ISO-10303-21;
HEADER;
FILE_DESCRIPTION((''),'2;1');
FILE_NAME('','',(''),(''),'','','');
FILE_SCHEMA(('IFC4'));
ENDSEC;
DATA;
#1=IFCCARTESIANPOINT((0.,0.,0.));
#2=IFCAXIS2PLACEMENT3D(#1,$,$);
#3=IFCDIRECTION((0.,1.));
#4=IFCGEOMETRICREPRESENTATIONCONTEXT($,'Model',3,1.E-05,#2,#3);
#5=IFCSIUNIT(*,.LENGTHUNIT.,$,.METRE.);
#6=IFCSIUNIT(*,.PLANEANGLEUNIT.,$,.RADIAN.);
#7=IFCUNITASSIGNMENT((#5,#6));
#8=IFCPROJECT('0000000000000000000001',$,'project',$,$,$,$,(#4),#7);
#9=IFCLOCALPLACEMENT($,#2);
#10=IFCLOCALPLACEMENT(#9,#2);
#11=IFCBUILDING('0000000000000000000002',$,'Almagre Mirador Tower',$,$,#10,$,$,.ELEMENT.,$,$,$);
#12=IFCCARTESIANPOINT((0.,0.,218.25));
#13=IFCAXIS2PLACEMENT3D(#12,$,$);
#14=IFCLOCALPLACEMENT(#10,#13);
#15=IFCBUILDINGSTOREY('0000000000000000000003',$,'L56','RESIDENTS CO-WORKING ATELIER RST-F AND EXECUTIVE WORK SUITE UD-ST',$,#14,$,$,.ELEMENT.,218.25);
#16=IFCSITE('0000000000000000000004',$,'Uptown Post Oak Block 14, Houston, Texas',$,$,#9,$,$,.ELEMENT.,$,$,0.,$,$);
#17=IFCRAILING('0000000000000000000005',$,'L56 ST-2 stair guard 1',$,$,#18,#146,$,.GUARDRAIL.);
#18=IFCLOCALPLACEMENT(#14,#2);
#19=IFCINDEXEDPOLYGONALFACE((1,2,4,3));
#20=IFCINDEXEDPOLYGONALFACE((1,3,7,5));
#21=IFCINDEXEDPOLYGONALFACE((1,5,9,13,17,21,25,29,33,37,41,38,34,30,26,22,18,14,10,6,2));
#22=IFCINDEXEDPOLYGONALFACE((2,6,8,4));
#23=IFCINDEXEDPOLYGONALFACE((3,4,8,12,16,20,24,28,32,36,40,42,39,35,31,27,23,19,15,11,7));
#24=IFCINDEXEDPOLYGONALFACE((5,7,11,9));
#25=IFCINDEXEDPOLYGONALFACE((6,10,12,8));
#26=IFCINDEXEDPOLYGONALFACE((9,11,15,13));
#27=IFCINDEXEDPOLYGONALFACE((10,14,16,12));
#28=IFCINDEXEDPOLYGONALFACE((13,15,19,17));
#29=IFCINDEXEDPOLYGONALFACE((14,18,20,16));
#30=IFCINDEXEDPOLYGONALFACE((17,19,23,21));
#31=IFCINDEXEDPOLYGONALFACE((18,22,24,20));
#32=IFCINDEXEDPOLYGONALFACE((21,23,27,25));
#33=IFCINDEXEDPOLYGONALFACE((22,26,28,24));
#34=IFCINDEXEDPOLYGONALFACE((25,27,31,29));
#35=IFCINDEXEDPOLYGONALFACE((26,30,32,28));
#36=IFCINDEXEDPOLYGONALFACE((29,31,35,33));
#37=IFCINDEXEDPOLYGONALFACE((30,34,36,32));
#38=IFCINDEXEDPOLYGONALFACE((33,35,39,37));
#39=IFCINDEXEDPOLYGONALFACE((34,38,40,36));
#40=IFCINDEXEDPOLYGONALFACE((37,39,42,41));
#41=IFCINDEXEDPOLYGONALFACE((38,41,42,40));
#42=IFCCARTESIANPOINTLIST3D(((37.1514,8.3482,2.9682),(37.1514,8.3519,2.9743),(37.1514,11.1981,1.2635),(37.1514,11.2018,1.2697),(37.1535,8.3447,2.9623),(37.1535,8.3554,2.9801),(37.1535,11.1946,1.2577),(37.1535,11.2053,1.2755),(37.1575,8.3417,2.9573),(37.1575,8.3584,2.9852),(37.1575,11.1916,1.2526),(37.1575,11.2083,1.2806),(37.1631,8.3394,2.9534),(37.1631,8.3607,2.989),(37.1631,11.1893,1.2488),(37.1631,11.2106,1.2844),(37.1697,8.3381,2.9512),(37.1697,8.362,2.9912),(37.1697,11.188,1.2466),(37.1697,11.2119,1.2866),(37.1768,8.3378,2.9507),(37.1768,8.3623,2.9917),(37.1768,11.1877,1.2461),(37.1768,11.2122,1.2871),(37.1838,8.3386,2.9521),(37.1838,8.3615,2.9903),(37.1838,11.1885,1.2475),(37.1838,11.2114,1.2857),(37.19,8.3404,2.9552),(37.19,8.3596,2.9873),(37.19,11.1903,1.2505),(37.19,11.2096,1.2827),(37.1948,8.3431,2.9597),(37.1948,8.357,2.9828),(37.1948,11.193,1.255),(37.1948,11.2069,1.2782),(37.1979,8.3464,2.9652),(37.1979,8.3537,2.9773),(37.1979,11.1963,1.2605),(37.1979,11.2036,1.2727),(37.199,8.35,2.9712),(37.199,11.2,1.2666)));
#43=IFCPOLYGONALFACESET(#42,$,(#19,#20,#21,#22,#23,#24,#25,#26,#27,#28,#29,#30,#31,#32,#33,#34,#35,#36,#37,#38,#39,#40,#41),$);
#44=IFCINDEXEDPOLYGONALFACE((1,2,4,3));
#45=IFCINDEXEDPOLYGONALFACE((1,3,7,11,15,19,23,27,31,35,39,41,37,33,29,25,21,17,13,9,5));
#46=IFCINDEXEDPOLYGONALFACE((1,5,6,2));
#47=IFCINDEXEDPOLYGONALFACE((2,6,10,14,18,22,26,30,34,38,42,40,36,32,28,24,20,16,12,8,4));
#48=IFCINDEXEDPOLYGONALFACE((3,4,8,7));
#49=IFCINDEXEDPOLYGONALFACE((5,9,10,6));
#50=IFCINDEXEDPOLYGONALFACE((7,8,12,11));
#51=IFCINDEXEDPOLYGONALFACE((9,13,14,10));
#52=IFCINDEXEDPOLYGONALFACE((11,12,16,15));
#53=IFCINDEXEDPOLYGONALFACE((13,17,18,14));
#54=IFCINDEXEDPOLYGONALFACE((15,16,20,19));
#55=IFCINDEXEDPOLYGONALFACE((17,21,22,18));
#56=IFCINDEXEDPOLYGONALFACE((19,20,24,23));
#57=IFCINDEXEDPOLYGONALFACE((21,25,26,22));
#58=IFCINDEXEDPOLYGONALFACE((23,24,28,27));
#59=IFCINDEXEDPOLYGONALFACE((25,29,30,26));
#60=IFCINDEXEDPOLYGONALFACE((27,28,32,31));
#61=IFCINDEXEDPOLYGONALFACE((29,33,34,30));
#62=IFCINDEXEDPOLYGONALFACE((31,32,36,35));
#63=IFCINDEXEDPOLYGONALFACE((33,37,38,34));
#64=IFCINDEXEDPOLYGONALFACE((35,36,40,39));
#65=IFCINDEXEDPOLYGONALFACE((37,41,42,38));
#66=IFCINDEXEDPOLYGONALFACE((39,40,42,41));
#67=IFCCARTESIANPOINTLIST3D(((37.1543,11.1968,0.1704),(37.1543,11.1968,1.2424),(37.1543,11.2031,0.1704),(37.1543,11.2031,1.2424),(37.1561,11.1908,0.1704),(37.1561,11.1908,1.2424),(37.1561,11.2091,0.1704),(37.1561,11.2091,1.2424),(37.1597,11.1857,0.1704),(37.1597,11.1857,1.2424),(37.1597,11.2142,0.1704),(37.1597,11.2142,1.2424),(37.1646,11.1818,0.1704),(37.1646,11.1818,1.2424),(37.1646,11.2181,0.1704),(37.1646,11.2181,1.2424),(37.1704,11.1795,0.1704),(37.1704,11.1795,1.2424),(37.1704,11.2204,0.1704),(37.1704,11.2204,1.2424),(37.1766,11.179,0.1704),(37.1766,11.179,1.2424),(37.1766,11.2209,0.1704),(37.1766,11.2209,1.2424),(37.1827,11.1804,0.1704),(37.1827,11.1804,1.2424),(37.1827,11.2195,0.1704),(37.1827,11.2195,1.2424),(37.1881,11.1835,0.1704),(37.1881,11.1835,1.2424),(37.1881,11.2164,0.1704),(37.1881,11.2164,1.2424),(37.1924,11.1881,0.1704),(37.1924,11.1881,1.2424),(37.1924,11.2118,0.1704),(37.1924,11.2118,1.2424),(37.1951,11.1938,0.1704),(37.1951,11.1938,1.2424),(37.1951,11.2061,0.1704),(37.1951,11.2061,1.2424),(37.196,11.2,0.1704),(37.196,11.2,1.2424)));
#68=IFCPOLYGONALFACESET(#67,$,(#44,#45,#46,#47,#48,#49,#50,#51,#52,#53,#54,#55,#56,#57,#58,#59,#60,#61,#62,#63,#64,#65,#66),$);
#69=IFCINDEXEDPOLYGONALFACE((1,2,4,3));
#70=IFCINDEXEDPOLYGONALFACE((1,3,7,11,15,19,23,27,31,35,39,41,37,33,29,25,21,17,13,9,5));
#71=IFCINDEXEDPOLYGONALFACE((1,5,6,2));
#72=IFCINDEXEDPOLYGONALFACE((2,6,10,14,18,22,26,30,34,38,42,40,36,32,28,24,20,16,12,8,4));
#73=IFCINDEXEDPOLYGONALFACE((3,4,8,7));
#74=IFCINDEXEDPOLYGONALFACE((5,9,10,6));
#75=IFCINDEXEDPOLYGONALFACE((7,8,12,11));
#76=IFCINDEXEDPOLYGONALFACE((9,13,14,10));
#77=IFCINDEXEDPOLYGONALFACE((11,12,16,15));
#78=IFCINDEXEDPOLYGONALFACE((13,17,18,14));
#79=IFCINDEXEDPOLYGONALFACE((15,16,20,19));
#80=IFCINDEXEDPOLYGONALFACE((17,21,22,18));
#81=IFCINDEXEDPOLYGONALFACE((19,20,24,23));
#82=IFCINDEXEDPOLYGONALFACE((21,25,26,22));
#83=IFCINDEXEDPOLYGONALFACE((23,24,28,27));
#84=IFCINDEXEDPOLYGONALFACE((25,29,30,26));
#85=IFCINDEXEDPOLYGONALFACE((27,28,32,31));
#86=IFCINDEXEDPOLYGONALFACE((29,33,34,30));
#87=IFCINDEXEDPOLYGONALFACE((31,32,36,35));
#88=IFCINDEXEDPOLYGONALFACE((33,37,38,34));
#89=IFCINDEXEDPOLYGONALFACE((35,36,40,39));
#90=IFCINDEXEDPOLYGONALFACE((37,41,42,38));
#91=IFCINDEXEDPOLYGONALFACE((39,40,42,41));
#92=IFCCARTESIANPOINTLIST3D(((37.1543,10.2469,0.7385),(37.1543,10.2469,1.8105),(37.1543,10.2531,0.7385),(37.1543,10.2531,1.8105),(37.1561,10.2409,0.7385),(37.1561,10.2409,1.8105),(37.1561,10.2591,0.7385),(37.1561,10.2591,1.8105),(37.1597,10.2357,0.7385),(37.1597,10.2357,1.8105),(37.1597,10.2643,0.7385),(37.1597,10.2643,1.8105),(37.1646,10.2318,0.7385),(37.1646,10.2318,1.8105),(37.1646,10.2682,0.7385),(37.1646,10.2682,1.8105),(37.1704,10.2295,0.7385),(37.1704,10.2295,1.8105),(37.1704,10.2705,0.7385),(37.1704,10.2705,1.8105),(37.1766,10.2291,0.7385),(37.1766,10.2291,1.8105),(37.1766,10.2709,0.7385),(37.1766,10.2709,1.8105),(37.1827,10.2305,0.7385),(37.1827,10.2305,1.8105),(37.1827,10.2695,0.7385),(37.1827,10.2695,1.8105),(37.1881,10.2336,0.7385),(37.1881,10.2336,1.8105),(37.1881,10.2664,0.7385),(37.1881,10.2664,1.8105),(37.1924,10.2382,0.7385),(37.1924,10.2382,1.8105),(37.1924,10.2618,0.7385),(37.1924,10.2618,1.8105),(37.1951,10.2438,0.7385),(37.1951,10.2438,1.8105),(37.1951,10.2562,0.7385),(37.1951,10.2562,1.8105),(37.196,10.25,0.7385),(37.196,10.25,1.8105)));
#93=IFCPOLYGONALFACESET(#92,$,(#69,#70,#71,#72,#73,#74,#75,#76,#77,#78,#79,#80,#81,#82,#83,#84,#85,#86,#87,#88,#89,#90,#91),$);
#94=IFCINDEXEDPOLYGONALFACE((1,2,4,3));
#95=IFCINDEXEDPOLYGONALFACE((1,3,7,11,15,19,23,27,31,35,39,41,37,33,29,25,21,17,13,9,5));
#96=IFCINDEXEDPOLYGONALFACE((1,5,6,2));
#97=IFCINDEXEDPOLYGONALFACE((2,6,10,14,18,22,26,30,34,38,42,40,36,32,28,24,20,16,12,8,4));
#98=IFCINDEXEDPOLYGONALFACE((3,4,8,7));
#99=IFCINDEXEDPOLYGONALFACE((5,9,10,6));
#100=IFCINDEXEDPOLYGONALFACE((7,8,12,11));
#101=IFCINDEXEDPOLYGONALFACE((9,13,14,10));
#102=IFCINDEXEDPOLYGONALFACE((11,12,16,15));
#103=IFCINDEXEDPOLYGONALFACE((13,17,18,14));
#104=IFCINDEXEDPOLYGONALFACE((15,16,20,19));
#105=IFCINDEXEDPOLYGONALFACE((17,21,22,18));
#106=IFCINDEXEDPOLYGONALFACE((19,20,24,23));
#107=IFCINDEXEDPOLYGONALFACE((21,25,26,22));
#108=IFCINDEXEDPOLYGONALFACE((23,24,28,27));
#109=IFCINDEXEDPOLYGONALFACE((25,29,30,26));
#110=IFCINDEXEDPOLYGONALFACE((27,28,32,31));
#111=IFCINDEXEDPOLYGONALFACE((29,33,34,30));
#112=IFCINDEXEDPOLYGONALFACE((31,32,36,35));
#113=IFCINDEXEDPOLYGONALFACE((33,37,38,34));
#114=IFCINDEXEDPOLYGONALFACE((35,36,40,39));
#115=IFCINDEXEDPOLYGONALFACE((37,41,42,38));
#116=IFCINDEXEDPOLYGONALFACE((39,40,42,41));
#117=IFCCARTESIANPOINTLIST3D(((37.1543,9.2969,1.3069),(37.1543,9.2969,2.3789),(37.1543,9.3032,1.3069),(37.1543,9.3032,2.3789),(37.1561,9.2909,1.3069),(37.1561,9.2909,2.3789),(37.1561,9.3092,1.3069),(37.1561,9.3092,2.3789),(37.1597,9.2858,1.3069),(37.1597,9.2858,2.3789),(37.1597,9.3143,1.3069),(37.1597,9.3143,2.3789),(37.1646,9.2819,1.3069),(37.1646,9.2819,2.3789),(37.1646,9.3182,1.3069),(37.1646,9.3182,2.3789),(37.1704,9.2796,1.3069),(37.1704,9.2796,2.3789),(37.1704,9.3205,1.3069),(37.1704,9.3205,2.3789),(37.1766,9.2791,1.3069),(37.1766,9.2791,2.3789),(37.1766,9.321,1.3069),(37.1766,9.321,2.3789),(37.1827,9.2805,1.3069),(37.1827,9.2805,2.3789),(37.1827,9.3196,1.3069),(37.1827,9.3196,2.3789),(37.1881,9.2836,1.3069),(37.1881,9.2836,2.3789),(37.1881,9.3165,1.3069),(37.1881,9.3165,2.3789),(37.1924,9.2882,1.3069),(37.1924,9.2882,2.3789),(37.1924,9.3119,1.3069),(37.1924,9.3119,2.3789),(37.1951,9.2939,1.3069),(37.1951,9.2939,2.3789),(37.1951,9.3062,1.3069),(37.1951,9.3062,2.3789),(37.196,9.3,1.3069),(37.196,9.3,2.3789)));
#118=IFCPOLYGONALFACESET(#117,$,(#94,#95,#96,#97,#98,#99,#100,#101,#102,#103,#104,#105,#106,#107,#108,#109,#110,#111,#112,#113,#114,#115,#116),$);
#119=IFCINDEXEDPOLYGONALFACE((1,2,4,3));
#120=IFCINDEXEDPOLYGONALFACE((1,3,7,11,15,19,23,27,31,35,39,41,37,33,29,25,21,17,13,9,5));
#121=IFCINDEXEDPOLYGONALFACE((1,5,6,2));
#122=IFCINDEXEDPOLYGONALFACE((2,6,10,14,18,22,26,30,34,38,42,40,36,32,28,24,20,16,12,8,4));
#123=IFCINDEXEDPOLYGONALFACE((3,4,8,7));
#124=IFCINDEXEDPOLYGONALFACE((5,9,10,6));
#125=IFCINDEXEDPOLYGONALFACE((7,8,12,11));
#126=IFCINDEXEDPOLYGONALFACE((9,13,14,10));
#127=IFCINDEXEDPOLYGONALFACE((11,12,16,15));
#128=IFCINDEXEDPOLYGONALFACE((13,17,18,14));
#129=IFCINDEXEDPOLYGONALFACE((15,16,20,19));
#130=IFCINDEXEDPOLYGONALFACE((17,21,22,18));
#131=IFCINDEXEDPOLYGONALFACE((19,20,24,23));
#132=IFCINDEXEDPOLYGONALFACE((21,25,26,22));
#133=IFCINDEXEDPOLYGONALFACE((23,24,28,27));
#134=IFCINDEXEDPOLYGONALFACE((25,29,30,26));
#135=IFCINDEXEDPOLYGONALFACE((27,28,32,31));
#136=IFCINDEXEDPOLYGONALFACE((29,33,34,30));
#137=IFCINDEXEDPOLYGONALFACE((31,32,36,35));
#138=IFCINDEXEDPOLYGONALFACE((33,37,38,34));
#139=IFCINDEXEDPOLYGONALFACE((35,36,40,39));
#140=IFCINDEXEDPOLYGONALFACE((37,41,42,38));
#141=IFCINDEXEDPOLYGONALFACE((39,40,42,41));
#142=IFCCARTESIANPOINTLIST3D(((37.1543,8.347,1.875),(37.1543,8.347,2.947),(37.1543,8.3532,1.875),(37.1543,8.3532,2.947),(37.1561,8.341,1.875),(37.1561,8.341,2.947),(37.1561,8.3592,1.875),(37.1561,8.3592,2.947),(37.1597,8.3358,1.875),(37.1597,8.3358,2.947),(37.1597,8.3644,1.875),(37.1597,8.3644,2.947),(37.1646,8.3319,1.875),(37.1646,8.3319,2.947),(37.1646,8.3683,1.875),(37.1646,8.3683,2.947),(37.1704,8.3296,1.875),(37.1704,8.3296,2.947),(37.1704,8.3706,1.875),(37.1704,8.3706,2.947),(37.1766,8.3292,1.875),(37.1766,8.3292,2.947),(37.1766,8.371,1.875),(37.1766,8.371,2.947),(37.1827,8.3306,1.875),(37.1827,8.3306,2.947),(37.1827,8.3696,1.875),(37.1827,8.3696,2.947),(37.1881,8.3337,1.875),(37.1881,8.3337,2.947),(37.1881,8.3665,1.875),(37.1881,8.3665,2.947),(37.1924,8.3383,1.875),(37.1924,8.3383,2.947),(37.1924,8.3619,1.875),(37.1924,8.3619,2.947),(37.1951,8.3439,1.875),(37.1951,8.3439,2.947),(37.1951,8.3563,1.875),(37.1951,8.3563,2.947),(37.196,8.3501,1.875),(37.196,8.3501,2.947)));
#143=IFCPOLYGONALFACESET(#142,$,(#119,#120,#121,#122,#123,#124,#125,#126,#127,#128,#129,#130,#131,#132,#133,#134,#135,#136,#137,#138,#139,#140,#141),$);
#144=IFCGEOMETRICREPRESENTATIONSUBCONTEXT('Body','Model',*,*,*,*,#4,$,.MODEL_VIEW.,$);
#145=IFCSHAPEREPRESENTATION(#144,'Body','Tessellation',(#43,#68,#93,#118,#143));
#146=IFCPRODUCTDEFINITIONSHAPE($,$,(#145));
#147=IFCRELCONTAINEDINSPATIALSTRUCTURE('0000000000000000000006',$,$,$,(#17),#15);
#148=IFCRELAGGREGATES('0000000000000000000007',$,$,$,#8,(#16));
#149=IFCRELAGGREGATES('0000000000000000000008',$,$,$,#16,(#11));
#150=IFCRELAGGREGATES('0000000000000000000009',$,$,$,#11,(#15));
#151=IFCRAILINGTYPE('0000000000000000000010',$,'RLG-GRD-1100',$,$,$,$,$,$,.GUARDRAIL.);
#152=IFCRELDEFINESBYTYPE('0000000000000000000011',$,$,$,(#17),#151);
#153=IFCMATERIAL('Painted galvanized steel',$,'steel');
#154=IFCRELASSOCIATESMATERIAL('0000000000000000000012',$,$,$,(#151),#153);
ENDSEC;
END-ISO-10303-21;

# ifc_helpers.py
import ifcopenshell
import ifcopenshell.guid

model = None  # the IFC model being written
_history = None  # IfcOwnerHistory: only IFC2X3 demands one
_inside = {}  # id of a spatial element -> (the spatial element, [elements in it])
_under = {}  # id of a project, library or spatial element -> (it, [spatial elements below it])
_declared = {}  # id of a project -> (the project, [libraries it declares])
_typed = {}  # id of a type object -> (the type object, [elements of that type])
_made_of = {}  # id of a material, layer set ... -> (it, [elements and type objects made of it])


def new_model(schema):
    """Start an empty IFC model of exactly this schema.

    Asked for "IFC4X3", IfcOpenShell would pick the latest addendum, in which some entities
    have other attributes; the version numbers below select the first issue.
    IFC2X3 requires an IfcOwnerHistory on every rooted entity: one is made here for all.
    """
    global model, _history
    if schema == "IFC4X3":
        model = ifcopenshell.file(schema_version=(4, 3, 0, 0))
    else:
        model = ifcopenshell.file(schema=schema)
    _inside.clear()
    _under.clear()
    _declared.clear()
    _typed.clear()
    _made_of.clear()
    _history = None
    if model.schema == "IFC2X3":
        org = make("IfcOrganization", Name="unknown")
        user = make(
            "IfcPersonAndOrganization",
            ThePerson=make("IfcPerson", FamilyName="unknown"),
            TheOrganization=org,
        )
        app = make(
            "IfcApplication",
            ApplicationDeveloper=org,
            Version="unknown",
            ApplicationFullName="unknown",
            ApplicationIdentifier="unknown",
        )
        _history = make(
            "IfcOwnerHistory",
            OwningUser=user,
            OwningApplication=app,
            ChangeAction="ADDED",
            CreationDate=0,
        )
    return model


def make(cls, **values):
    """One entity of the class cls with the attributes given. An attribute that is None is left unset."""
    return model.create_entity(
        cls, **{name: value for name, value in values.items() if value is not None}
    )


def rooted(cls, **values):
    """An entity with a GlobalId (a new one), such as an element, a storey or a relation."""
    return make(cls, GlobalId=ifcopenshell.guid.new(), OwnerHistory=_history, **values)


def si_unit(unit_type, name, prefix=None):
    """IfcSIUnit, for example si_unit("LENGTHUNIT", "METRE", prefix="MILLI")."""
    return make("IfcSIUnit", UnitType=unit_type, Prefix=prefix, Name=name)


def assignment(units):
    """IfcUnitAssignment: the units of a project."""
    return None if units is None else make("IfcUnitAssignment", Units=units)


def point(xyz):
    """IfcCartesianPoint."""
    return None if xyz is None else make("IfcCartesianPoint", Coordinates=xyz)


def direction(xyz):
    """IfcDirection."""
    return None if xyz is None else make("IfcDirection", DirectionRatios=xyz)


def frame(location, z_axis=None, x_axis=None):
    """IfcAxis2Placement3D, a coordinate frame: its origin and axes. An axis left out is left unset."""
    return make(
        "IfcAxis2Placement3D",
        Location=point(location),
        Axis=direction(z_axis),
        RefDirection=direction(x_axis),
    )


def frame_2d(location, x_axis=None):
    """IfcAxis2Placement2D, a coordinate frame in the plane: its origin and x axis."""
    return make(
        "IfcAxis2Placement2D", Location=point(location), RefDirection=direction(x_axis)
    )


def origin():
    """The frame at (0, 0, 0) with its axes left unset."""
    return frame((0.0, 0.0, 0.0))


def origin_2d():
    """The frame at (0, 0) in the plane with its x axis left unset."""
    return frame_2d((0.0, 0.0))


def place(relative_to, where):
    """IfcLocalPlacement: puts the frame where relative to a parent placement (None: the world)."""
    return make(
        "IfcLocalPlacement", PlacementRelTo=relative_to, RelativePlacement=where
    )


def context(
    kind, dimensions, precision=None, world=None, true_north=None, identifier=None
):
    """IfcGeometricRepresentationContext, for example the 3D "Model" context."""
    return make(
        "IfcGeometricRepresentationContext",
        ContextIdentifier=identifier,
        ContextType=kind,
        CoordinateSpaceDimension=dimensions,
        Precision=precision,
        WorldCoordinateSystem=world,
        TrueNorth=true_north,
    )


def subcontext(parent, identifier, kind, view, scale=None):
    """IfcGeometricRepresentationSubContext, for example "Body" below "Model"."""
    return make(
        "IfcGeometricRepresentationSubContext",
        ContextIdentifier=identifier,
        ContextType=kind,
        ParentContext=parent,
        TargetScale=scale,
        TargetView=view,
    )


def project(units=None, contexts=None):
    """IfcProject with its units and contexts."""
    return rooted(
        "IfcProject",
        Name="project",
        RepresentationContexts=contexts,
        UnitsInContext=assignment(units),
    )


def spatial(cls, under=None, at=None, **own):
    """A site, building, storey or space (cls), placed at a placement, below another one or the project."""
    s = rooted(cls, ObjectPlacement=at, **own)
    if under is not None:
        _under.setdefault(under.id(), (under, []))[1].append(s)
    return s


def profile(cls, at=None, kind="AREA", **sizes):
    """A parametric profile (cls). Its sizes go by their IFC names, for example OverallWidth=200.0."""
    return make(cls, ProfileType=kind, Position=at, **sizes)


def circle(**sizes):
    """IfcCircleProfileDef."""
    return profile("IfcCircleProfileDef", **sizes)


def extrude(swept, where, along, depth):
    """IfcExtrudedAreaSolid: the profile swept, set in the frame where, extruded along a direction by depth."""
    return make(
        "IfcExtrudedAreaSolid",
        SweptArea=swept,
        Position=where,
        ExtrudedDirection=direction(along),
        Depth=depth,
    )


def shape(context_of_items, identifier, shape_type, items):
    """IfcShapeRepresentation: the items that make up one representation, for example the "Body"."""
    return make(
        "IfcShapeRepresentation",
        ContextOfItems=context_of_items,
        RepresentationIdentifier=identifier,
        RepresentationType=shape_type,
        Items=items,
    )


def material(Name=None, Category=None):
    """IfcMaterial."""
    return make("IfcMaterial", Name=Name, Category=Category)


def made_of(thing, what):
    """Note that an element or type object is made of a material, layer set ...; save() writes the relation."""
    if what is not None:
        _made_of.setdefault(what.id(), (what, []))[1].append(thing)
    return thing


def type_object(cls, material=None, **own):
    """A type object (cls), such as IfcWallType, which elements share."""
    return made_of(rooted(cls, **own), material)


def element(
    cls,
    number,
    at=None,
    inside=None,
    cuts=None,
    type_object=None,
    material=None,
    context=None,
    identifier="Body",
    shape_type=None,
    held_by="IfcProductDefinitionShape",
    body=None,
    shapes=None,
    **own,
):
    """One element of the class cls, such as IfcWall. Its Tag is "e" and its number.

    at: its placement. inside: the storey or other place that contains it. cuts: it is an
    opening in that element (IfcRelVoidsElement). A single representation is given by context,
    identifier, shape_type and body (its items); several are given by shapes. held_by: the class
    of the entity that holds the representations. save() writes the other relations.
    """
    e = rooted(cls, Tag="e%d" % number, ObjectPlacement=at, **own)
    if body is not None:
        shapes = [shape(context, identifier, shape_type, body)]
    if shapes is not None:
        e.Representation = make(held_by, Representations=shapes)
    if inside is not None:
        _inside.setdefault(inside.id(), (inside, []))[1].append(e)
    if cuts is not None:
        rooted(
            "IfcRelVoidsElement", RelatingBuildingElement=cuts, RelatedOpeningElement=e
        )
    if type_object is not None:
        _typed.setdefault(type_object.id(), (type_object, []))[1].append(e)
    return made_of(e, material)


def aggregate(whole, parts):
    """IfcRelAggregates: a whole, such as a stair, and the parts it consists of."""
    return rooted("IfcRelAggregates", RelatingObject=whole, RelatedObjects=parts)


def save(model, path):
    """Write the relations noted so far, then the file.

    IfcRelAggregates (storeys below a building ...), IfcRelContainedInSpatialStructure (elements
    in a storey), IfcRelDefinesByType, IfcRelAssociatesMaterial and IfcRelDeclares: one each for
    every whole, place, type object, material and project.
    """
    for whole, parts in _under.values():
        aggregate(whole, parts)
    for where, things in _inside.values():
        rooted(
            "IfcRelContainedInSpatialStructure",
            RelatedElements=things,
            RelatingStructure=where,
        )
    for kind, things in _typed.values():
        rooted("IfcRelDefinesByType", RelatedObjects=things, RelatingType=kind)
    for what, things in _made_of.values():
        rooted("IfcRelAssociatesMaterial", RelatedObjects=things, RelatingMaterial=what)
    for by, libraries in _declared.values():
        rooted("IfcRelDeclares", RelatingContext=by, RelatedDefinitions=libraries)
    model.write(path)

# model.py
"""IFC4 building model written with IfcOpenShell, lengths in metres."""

from ifc_helpers import new_model, si_unit, direction, frame, origin, origin_2d, place, context, subcontext, project, spatial, circle, extrude, material, type_object, element, save


model = new_model("IFC4")

# Units and contexts
model_context = context("Model", 3, precision=1e-05, world=origin(), true_north=direction((0.0, 1.0)))
body_context = subcontext(model_context, "Body", "Model", "MODEL_VIEW")
ifc_project = project(units=[si_unit("LENGTHUNIT", "METRE"), si_unit("PLANEANGLEUNIT", "RADIAN")], contexts=[model_context])

# Site, building, storey
site_placement = place(None, origin())
site = spatial("IfcSite", under=ifc_project, at=site_placement, Name="Uptown Post Oak Block 14, Houston, Texas", CompositionType="ELEMENT", RefElevation=0.0)
building_placement = place(site_placement, origin())
building = spatial("IfcBuilding", under=site, at=building_placement, Name="Almagre Mirador Tower", CompositionType="ELEMENT")
storey_placement = place(building_placement, frame((0.0, 0.0, 218.25)))
storey = spatial("IfcBuildingStorey", under=building, at=storey_placement, Name="L56", Description="RESIDENTS CO-WORKING ATELIER RST-F AND EXECUTIVE WORK SUITE UD-ST", CompositionType="ELEMENT", Elevation=218.25)

# Railing
ifc_material_1 = material(Name="Painted galvanized steel", Category="steel")
railing_type_1 = type_object("IfcRailingType", Name="RLG-GRD-1100", PredefinedType="GUARDRAIL", material=ifc_material_1)
railing_1_placement = place(storey_placement, frame((37.175, 11.2, 0.1704)))
element("IfcRailing", 1, at=railing_1_placement, inside=storey, type_object=railing_type_1, Name="L56 ST-2 stair guard 1", PredefinedType="GUARDRAIL", context=body_context, shape_type="SweptSolid", body=[
    extrude(circle(Radius=0.0239, at=origin_2d()), frame((0.0, 0.0, 1.0962), z_axis=(0.0, -0.858199, 0.513317), x_axis=(1.0, 0.0, 0.0)), (0.0, 0.0, 1.0), 3.3208),
    extrude(circle(Radius=0.021, at=origin_2d()), origin(), (0.0, 0.0, 1.0), 1.072),
    extrude(circle(Radius=0.021, at=origin_2d()), frame((0.0, -0.95, 0.5681)), (0.0, 0.0, 1.0), 1.072),
    extrude(circle(Radius=0.021, at=origin_2d()), frame((0.0, -1.8999, 1.1365)), (0.0, 0.0, 1.0), 1.072),
    extrude(circle(Radius=0.021, at=origin_2d()), frame((0.0, -2.8499, 1.7046)), (0.0, 0.0, 1.0), 1.072),
])

save(model, "model.ifc")
